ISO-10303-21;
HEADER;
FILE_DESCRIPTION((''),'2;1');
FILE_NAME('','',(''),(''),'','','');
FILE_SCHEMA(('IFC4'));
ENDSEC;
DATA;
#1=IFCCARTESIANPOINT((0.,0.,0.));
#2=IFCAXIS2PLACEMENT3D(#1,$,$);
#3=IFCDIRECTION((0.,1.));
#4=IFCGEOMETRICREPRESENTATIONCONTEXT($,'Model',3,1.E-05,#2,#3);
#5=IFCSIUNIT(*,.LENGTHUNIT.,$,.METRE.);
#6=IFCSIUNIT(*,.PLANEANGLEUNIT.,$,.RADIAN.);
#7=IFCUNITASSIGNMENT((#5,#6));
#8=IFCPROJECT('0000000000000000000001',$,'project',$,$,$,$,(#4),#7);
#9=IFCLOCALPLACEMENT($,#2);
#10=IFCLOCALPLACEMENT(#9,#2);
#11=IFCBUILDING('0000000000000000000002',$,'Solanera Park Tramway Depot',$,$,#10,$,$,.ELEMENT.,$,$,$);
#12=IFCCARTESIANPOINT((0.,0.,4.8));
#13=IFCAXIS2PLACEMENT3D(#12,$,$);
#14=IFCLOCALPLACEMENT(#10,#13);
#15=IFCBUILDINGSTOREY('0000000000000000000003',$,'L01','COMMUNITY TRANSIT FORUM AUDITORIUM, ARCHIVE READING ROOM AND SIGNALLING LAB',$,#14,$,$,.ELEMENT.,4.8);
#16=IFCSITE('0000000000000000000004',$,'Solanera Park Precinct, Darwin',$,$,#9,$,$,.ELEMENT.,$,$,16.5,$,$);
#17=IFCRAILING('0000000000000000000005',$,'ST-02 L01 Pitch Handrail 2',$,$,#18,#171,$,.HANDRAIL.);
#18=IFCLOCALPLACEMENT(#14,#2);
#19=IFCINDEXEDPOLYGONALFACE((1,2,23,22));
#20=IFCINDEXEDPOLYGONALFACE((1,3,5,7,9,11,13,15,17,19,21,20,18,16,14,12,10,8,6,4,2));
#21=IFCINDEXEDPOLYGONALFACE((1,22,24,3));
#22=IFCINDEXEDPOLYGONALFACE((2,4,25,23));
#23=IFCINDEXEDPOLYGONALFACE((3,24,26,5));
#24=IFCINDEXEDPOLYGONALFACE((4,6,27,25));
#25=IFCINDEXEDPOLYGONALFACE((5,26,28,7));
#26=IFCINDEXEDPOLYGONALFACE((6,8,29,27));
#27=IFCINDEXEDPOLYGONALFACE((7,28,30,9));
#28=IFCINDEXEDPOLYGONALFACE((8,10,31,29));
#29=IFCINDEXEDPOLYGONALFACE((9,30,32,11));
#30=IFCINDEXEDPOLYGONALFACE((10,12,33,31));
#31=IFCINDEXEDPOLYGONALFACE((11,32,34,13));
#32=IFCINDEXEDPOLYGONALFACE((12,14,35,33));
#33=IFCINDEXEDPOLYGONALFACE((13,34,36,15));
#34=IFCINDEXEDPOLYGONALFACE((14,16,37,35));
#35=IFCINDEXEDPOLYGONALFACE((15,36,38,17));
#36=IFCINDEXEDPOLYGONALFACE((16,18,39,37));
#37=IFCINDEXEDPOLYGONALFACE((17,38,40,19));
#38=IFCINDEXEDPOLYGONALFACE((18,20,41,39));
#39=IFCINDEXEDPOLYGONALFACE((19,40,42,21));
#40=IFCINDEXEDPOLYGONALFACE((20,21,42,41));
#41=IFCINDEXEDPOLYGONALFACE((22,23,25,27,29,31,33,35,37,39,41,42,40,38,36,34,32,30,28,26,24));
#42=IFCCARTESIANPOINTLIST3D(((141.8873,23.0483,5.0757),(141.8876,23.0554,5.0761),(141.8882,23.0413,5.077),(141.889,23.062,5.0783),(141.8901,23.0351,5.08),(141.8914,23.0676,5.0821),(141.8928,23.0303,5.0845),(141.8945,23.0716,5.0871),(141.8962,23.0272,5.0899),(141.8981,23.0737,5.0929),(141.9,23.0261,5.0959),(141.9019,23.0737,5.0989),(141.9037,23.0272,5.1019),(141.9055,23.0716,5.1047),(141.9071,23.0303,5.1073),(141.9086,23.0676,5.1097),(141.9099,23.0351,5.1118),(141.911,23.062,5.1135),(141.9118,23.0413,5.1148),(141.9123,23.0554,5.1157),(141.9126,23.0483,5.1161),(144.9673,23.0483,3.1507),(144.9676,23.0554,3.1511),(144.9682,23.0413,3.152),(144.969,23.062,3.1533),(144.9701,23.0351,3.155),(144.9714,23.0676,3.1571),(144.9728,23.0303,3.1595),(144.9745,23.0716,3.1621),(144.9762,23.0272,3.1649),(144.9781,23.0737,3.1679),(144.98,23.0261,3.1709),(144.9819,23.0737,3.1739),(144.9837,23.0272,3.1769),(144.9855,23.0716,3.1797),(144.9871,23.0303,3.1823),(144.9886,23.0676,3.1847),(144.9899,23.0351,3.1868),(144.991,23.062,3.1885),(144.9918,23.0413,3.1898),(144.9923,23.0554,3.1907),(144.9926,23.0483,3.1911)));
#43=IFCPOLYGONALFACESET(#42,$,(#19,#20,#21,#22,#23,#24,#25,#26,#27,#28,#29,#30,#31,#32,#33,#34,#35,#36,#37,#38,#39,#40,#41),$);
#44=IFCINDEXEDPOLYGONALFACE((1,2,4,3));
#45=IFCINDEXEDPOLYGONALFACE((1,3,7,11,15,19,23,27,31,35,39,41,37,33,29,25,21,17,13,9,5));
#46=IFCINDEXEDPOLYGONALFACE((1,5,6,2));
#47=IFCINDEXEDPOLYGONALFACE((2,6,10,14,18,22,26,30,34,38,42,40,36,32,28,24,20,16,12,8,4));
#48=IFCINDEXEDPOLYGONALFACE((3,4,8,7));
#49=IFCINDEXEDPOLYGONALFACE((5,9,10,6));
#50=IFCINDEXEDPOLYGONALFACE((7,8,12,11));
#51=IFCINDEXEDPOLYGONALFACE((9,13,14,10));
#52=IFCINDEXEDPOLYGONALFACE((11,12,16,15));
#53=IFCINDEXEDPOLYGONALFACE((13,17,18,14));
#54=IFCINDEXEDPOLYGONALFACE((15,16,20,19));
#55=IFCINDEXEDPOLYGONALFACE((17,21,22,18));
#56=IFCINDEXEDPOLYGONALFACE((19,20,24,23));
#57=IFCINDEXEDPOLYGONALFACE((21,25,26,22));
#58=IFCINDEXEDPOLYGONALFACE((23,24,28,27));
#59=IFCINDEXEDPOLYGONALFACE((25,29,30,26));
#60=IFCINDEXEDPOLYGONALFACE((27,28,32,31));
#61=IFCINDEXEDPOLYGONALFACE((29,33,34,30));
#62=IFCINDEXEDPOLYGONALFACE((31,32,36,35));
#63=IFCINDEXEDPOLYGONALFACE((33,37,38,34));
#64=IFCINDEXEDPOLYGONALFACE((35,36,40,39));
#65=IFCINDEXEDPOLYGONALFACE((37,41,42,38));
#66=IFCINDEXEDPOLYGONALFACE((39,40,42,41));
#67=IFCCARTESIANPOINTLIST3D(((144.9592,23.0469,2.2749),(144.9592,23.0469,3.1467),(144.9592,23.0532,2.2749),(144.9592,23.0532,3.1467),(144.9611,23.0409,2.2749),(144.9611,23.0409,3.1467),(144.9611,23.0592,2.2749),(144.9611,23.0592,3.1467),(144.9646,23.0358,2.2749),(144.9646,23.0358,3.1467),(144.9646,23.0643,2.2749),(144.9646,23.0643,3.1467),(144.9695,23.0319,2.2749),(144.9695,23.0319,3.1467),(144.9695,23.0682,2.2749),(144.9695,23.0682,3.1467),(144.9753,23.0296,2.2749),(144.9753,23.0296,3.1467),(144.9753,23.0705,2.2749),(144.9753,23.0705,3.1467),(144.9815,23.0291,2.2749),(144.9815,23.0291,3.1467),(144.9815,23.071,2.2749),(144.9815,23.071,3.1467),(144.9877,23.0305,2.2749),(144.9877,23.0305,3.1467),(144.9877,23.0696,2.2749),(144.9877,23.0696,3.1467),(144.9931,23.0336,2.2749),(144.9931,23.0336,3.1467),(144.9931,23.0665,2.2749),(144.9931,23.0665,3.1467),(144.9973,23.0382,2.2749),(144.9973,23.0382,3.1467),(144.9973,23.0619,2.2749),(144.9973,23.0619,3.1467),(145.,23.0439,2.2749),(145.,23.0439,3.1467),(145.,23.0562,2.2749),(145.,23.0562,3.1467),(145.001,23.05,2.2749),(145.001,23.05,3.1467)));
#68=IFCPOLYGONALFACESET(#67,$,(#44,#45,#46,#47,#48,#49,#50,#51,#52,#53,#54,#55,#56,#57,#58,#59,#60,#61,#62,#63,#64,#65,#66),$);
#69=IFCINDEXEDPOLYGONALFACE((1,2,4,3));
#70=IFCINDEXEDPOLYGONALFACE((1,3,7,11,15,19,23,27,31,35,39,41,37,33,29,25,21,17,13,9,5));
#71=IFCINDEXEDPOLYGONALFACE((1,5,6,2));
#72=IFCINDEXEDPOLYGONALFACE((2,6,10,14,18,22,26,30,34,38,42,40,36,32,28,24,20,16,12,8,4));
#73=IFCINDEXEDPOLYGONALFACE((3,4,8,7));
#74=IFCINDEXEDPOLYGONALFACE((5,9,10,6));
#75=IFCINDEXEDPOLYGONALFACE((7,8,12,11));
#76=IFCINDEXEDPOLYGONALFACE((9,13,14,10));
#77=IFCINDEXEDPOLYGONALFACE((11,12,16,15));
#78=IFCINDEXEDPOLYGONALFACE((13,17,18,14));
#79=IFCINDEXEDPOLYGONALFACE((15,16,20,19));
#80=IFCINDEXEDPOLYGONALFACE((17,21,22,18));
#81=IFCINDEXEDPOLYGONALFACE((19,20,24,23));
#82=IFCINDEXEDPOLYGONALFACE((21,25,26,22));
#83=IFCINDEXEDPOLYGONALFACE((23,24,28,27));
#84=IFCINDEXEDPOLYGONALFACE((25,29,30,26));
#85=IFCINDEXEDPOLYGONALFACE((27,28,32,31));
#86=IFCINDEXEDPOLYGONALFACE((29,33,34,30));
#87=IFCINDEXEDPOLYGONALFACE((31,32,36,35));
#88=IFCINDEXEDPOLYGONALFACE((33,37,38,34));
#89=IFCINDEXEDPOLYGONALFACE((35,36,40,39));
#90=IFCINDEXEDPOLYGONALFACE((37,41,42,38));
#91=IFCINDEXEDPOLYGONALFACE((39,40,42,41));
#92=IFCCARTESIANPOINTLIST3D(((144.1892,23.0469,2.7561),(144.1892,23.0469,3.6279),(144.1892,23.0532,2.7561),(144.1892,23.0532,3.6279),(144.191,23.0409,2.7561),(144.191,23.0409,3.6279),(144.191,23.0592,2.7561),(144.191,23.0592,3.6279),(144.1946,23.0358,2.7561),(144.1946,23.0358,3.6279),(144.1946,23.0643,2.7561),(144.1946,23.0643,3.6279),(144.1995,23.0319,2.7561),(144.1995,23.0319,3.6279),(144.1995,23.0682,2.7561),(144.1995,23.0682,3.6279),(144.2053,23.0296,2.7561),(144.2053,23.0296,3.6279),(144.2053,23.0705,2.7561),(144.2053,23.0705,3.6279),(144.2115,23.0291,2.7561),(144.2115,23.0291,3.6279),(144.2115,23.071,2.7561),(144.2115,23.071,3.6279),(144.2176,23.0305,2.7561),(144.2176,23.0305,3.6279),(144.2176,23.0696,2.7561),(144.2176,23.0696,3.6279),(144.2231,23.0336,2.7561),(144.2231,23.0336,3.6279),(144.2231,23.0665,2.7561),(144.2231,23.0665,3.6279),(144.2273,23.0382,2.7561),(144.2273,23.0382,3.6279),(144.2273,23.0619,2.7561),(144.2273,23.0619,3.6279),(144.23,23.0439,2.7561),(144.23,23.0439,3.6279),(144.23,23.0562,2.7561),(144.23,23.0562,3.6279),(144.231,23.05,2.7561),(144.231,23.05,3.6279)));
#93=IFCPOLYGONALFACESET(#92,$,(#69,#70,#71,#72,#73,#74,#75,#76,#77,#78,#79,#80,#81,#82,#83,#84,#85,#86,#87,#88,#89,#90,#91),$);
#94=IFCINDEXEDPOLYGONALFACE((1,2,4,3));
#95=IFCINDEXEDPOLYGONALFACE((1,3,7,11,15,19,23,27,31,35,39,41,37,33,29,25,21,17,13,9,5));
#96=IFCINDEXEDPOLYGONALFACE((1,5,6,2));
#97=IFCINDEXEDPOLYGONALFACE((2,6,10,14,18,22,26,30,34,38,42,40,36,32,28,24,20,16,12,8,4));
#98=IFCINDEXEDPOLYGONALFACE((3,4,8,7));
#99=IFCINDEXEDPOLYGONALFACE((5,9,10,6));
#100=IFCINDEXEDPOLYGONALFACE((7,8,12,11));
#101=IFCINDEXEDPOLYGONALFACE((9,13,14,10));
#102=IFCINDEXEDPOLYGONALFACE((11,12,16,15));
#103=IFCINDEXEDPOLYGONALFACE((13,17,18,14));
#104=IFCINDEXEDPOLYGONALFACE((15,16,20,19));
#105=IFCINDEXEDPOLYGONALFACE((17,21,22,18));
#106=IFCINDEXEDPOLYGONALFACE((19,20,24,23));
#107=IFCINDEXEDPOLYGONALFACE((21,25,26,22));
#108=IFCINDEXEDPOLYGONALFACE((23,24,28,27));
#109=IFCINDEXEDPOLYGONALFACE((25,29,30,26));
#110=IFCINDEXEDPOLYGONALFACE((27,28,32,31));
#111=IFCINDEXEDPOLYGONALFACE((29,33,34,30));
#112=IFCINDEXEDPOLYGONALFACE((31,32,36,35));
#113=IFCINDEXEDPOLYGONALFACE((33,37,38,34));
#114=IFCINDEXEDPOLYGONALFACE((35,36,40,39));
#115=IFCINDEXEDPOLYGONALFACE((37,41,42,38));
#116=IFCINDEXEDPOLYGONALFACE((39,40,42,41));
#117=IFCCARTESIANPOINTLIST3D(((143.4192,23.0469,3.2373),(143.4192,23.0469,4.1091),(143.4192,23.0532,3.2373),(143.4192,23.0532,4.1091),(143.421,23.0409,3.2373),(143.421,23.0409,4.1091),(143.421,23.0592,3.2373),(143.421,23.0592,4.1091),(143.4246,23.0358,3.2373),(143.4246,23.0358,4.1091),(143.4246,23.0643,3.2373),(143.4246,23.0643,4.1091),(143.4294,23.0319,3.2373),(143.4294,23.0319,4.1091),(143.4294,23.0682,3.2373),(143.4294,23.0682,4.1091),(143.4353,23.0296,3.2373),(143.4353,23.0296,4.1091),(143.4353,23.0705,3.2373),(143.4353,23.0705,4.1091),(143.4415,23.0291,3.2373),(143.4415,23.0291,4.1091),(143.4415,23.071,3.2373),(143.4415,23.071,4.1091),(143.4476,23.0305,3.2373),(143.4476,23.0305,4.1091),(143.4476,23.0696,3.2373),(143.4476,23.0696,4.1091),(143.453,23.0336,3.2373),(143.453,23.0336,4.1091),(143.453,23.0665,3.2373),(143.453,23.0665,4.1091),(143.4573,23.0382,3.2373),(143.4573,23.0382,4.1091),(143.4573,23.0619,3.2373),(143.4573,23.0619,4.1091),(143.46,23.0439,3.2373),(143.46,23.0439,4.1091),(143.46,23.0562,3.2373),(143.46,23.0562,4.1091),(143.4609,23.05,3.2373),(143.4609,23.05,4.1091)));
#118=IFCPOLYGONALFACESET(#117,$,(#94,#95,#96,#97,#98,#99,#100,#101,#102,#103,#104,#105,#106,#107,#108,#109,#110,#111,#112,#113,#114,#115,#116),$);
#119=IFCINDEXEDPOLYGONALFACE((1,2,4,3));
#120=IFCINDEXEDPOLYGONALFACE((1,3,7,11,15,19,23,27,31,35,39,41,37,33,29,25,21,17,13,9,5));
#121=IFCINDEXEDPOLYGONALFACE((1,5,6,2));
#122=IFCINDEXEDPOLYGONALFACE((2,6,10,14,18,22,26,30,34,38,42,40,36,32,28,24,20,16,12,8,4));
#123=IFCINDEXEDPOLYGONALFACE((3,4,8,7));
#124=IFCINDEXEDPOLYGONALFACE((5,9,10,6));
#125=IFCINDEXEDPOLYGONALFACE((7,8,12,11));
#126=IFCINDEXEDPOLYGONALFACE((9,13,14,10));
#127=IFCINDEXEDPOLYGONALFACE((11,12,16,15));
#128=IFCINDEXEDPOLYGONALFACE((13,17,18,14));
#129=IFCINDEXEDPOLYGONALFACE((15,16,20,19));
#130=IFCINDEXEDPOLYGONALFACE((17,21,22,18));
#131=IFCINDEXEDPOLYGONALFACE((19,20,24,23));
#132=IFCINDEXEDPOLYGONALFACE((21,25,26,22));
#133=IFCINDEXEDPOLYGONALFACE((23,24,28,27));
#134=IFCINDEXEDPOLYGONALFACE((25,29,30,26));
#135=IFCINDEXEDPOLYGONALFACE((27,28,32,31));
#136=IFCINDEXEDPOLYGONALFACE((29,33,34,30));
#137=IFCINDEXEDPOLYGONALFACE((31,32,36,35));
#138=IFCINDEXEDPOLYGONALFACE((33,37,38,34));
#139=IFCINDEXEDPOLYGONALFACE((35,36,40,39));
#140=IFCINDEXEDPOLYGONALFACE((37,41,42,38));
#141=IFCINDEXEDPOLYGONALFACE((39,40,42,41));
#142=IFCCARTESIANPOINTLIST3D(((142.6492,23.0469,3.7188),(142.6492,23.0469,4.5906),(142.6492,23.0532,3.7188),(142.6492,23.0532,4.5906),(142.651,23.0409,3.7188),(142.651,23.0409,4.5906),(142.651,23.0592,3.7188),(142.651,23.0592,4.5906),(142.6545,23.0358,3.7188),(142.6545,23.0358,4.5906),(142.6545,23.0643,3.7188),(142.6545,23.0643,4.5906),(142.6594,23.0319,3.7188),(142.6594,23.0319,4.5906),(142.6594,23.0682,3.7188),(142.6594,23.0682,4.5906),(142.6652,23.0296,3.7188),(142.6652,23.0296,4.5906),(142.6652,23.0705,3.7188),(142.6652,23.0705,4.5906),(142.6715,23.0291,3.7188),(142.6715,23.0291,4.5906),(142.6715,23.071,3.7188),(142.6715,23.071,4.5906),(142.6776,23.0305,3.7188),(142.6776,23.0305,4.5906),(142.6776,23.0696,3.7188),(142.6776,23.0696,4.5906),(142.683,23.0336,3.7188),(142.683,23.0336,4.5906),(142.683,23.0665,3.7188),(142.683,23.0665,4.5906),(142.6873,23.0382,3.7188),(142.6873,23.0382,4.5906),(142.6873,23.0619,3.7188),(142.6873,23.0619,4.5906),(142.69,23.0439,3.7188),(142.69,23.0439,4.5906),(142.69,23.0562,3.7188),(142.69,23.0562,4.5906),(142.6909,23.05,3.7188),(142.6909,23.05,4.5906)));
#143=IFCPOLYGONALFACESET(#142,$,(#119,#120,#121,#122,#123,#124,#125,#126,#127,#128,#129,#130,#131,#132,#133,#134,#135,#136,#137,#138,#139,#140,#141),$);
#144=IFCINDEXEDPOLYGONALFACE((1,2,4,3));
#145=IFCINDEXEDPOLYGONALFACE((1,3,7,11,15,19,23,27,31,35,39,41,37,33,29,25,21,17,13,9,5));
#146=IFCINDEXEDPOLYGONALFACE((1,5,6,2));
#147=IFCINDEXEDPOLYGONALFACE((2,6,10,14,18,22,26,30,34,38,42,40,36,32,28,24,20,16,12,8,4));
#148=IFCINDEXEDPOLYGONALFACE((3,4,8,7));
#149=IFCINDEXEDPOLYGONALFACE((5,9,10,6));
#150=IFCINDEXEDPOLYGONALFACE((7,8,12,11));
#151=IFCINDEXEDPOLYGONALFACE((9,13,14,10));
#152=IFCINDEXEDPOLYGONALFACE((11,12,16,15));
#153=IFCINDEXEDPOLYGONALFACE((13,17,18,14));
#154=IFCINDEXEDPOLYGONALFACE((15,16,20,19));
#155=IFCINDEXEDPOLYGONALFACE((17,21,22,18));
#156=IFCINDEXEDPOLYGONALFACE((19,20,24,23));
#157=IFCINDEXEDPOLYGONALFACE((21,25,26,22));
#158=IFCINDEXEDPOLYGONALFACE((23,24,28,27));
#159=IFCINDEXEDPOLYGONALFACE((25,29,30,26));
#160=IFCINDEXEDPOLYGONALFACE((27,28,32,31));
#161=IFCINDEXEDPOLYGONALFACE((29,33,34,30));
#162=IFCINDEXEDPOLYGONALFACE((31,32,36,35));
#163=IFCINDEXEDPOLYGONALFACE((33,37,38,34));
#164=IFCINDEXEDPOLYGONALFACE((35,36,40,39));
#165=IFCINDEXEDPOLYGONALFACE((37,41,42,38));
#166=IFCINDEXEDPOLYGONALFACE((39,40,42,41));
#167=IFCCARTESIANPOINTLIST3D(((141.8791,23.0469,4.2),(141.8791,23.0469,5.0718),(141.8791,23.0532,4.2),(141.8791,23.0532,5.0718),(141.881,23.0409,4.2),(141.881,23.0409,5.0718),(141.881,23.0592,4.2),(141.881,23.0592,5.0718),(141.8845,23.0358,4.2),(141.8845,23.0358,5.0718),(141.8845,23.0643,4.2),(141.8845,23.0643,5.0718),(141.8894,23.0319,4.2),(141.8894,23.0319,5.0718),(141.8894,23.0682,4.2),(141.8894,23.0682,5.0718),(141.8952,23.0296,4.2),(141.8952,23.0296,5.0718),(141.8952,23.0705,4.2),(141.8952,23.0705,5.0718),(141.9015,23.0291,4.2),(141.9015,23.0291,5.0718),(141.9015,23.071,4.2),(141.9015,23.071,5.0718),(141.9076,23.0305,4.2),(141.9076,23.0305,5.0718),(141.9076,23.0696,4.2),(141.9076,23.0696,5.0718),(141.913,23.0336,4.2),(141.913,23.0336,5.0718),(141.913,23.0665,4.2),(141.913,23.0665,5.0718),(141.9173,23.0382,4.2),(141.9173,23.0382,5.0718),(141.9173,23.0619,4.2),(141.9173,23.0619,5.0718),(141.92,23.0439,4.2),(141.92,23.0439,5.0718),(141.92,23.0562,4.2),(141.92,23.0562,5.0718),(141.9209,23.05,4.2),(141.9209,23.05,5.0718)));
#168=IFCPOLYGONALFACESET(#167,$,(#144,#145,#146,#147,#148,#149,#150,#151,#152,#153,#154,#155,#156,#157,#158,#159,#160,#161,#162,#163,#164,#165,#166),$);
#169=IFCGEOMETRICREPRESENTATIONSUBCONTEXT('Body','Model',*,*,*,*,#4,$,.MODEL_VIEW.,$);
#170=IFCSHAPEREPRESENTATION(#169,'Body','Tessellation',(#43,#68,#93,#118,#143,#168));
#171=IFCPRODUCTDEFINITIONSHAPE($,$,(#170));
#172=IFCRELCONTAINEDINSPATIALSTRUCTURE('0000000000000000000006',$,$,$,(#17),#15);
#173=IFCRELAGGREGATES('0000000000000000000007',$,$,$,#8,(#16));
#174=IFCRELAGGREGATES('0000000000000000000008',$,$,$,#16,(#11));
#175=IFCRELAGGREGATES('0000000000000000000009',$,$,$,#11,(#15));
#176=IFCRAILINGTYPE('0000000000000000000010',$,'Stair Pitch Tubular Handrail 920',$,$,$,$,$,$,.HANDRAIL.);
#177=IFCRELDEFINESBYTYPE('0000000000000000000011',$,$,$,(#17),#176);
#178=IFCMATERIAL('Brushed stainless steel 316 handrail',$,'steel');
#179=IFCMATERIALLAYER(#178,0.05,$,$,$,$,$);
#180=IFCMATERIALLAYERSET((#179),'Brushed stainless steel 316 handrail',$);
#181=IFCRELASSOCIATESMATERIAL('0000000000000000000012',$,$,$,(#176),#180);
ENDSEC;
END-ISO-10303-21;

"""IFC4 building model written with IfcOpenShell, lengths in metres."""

from ifc_helpers import new_model, si_unit, direction, frame, origin, origin_2d, place, context, subcontext, project, spatial, circle, extrude, material, layer, layer_set, type_object, element, save


model = new_model("IFC4")

# Units and contexts
model_context = context("Model", 3, precision=1e-05, world=origin(), true_north=direction((0.0, 1.0)))
body_context = subcontext(model_context, "Body", "Model", "MODEL_VIEW")
ifc_project = project(units=[si_unit("LENGTHUNIT", "METRE"), si_unit("PLANEANGLEUNIT", "RADIAN")], contexts=[model_context])

# Site, building, storey
site_placement = place(None, origin())
site = spatial("IfcSite", under=ifc_project, at=site_placement, Name="Solanera Park Precinct, Darwin", CompositionType="ELEMENT", RefElevation=16.5)
building_placement = place(site_placement, origin())
building = spatial("IfcBuilding", under=site, at=building_placement, Name="Solanera Park Tramway Depot", CompositionType="ELEMENT")
storey_placement = place(building_placement, frame((0.0, 0.0, 4.8)))
storey = spatial("IfcBuildingStorey", under=building, at=storey_placement, Name="L01", Description="COMMUNITY TRANSIT FORUM AUDITORIUM, ARCHIVE READING ROOM AND SIGNALLING LAB", CompositionType="ELEMENT", Elevation=4.8)

# Railing
ifc_material_1 = material(Name="Brushed stainless steel 316 handrail", Category="steel")
ifc_layer_1 = layer(ifc_material_1, 0.05)
ifc_layer_set_1 = layer_set([ifc_layer_1], Name="Brushed stainless steel 316 handrail")
railing_type_1 = type_object("IfcRailingType", Name="Stair Pitch Tubular Handrail 920", PredefinedType="HANDRAIL", material=ifc_layer_set_1)
railing_1_placement = place(storey_placement, frame((144.98, 23.05, 2.2749)))
element("IfcRailing", 1, at=railing_1_placement, inside=storey, type_object=railing_type_1, Name="ST-02 L01 Pitch Handrail 2", PredefinedType="HANDRAIL", context=body_context, shape_type="SweptSolid", body=[
    extrude(circle(Radius=0.0239, at=origin_2d()), frame((0.0, 0.0, 0.896), z_axis=(-0.847998, 0.0, 0.529999), x_axis=(0.0, -1.0, 0.0)), (0.0, 0.0, 1.0), 3.6321),
    extrude(circle(Radius=0.021, at=origin_2d()), origin(), (0.0, 0.0, 1.0), 0.8718),
    extrude(circle(Radius=0.021, at=origin_2d()), frame((-0.77, 0.0, 0.4812)), (0.0, 0.0, 1.0), 0.8718),
    extrude(circle(Radius=0.021, at=origin_2d()), frame((-1.54, 0.0, 0.9624)), (0.0, 0.0, 1.0), 0.8718),
    extrude(circle(Radius=0.021, at=origin_2d()), frame((-2.3101, 0.0, 1.4438)), (0.0, 0.0, 1.0), 0.8718),
    extrude(circle(Radius=0.021, at=origin_2d()), frame((-3.0801, 0.0, 1.925)), (0.0, 0.0, 1.0), 0.8718),
])

save(model, "model.ifc")
